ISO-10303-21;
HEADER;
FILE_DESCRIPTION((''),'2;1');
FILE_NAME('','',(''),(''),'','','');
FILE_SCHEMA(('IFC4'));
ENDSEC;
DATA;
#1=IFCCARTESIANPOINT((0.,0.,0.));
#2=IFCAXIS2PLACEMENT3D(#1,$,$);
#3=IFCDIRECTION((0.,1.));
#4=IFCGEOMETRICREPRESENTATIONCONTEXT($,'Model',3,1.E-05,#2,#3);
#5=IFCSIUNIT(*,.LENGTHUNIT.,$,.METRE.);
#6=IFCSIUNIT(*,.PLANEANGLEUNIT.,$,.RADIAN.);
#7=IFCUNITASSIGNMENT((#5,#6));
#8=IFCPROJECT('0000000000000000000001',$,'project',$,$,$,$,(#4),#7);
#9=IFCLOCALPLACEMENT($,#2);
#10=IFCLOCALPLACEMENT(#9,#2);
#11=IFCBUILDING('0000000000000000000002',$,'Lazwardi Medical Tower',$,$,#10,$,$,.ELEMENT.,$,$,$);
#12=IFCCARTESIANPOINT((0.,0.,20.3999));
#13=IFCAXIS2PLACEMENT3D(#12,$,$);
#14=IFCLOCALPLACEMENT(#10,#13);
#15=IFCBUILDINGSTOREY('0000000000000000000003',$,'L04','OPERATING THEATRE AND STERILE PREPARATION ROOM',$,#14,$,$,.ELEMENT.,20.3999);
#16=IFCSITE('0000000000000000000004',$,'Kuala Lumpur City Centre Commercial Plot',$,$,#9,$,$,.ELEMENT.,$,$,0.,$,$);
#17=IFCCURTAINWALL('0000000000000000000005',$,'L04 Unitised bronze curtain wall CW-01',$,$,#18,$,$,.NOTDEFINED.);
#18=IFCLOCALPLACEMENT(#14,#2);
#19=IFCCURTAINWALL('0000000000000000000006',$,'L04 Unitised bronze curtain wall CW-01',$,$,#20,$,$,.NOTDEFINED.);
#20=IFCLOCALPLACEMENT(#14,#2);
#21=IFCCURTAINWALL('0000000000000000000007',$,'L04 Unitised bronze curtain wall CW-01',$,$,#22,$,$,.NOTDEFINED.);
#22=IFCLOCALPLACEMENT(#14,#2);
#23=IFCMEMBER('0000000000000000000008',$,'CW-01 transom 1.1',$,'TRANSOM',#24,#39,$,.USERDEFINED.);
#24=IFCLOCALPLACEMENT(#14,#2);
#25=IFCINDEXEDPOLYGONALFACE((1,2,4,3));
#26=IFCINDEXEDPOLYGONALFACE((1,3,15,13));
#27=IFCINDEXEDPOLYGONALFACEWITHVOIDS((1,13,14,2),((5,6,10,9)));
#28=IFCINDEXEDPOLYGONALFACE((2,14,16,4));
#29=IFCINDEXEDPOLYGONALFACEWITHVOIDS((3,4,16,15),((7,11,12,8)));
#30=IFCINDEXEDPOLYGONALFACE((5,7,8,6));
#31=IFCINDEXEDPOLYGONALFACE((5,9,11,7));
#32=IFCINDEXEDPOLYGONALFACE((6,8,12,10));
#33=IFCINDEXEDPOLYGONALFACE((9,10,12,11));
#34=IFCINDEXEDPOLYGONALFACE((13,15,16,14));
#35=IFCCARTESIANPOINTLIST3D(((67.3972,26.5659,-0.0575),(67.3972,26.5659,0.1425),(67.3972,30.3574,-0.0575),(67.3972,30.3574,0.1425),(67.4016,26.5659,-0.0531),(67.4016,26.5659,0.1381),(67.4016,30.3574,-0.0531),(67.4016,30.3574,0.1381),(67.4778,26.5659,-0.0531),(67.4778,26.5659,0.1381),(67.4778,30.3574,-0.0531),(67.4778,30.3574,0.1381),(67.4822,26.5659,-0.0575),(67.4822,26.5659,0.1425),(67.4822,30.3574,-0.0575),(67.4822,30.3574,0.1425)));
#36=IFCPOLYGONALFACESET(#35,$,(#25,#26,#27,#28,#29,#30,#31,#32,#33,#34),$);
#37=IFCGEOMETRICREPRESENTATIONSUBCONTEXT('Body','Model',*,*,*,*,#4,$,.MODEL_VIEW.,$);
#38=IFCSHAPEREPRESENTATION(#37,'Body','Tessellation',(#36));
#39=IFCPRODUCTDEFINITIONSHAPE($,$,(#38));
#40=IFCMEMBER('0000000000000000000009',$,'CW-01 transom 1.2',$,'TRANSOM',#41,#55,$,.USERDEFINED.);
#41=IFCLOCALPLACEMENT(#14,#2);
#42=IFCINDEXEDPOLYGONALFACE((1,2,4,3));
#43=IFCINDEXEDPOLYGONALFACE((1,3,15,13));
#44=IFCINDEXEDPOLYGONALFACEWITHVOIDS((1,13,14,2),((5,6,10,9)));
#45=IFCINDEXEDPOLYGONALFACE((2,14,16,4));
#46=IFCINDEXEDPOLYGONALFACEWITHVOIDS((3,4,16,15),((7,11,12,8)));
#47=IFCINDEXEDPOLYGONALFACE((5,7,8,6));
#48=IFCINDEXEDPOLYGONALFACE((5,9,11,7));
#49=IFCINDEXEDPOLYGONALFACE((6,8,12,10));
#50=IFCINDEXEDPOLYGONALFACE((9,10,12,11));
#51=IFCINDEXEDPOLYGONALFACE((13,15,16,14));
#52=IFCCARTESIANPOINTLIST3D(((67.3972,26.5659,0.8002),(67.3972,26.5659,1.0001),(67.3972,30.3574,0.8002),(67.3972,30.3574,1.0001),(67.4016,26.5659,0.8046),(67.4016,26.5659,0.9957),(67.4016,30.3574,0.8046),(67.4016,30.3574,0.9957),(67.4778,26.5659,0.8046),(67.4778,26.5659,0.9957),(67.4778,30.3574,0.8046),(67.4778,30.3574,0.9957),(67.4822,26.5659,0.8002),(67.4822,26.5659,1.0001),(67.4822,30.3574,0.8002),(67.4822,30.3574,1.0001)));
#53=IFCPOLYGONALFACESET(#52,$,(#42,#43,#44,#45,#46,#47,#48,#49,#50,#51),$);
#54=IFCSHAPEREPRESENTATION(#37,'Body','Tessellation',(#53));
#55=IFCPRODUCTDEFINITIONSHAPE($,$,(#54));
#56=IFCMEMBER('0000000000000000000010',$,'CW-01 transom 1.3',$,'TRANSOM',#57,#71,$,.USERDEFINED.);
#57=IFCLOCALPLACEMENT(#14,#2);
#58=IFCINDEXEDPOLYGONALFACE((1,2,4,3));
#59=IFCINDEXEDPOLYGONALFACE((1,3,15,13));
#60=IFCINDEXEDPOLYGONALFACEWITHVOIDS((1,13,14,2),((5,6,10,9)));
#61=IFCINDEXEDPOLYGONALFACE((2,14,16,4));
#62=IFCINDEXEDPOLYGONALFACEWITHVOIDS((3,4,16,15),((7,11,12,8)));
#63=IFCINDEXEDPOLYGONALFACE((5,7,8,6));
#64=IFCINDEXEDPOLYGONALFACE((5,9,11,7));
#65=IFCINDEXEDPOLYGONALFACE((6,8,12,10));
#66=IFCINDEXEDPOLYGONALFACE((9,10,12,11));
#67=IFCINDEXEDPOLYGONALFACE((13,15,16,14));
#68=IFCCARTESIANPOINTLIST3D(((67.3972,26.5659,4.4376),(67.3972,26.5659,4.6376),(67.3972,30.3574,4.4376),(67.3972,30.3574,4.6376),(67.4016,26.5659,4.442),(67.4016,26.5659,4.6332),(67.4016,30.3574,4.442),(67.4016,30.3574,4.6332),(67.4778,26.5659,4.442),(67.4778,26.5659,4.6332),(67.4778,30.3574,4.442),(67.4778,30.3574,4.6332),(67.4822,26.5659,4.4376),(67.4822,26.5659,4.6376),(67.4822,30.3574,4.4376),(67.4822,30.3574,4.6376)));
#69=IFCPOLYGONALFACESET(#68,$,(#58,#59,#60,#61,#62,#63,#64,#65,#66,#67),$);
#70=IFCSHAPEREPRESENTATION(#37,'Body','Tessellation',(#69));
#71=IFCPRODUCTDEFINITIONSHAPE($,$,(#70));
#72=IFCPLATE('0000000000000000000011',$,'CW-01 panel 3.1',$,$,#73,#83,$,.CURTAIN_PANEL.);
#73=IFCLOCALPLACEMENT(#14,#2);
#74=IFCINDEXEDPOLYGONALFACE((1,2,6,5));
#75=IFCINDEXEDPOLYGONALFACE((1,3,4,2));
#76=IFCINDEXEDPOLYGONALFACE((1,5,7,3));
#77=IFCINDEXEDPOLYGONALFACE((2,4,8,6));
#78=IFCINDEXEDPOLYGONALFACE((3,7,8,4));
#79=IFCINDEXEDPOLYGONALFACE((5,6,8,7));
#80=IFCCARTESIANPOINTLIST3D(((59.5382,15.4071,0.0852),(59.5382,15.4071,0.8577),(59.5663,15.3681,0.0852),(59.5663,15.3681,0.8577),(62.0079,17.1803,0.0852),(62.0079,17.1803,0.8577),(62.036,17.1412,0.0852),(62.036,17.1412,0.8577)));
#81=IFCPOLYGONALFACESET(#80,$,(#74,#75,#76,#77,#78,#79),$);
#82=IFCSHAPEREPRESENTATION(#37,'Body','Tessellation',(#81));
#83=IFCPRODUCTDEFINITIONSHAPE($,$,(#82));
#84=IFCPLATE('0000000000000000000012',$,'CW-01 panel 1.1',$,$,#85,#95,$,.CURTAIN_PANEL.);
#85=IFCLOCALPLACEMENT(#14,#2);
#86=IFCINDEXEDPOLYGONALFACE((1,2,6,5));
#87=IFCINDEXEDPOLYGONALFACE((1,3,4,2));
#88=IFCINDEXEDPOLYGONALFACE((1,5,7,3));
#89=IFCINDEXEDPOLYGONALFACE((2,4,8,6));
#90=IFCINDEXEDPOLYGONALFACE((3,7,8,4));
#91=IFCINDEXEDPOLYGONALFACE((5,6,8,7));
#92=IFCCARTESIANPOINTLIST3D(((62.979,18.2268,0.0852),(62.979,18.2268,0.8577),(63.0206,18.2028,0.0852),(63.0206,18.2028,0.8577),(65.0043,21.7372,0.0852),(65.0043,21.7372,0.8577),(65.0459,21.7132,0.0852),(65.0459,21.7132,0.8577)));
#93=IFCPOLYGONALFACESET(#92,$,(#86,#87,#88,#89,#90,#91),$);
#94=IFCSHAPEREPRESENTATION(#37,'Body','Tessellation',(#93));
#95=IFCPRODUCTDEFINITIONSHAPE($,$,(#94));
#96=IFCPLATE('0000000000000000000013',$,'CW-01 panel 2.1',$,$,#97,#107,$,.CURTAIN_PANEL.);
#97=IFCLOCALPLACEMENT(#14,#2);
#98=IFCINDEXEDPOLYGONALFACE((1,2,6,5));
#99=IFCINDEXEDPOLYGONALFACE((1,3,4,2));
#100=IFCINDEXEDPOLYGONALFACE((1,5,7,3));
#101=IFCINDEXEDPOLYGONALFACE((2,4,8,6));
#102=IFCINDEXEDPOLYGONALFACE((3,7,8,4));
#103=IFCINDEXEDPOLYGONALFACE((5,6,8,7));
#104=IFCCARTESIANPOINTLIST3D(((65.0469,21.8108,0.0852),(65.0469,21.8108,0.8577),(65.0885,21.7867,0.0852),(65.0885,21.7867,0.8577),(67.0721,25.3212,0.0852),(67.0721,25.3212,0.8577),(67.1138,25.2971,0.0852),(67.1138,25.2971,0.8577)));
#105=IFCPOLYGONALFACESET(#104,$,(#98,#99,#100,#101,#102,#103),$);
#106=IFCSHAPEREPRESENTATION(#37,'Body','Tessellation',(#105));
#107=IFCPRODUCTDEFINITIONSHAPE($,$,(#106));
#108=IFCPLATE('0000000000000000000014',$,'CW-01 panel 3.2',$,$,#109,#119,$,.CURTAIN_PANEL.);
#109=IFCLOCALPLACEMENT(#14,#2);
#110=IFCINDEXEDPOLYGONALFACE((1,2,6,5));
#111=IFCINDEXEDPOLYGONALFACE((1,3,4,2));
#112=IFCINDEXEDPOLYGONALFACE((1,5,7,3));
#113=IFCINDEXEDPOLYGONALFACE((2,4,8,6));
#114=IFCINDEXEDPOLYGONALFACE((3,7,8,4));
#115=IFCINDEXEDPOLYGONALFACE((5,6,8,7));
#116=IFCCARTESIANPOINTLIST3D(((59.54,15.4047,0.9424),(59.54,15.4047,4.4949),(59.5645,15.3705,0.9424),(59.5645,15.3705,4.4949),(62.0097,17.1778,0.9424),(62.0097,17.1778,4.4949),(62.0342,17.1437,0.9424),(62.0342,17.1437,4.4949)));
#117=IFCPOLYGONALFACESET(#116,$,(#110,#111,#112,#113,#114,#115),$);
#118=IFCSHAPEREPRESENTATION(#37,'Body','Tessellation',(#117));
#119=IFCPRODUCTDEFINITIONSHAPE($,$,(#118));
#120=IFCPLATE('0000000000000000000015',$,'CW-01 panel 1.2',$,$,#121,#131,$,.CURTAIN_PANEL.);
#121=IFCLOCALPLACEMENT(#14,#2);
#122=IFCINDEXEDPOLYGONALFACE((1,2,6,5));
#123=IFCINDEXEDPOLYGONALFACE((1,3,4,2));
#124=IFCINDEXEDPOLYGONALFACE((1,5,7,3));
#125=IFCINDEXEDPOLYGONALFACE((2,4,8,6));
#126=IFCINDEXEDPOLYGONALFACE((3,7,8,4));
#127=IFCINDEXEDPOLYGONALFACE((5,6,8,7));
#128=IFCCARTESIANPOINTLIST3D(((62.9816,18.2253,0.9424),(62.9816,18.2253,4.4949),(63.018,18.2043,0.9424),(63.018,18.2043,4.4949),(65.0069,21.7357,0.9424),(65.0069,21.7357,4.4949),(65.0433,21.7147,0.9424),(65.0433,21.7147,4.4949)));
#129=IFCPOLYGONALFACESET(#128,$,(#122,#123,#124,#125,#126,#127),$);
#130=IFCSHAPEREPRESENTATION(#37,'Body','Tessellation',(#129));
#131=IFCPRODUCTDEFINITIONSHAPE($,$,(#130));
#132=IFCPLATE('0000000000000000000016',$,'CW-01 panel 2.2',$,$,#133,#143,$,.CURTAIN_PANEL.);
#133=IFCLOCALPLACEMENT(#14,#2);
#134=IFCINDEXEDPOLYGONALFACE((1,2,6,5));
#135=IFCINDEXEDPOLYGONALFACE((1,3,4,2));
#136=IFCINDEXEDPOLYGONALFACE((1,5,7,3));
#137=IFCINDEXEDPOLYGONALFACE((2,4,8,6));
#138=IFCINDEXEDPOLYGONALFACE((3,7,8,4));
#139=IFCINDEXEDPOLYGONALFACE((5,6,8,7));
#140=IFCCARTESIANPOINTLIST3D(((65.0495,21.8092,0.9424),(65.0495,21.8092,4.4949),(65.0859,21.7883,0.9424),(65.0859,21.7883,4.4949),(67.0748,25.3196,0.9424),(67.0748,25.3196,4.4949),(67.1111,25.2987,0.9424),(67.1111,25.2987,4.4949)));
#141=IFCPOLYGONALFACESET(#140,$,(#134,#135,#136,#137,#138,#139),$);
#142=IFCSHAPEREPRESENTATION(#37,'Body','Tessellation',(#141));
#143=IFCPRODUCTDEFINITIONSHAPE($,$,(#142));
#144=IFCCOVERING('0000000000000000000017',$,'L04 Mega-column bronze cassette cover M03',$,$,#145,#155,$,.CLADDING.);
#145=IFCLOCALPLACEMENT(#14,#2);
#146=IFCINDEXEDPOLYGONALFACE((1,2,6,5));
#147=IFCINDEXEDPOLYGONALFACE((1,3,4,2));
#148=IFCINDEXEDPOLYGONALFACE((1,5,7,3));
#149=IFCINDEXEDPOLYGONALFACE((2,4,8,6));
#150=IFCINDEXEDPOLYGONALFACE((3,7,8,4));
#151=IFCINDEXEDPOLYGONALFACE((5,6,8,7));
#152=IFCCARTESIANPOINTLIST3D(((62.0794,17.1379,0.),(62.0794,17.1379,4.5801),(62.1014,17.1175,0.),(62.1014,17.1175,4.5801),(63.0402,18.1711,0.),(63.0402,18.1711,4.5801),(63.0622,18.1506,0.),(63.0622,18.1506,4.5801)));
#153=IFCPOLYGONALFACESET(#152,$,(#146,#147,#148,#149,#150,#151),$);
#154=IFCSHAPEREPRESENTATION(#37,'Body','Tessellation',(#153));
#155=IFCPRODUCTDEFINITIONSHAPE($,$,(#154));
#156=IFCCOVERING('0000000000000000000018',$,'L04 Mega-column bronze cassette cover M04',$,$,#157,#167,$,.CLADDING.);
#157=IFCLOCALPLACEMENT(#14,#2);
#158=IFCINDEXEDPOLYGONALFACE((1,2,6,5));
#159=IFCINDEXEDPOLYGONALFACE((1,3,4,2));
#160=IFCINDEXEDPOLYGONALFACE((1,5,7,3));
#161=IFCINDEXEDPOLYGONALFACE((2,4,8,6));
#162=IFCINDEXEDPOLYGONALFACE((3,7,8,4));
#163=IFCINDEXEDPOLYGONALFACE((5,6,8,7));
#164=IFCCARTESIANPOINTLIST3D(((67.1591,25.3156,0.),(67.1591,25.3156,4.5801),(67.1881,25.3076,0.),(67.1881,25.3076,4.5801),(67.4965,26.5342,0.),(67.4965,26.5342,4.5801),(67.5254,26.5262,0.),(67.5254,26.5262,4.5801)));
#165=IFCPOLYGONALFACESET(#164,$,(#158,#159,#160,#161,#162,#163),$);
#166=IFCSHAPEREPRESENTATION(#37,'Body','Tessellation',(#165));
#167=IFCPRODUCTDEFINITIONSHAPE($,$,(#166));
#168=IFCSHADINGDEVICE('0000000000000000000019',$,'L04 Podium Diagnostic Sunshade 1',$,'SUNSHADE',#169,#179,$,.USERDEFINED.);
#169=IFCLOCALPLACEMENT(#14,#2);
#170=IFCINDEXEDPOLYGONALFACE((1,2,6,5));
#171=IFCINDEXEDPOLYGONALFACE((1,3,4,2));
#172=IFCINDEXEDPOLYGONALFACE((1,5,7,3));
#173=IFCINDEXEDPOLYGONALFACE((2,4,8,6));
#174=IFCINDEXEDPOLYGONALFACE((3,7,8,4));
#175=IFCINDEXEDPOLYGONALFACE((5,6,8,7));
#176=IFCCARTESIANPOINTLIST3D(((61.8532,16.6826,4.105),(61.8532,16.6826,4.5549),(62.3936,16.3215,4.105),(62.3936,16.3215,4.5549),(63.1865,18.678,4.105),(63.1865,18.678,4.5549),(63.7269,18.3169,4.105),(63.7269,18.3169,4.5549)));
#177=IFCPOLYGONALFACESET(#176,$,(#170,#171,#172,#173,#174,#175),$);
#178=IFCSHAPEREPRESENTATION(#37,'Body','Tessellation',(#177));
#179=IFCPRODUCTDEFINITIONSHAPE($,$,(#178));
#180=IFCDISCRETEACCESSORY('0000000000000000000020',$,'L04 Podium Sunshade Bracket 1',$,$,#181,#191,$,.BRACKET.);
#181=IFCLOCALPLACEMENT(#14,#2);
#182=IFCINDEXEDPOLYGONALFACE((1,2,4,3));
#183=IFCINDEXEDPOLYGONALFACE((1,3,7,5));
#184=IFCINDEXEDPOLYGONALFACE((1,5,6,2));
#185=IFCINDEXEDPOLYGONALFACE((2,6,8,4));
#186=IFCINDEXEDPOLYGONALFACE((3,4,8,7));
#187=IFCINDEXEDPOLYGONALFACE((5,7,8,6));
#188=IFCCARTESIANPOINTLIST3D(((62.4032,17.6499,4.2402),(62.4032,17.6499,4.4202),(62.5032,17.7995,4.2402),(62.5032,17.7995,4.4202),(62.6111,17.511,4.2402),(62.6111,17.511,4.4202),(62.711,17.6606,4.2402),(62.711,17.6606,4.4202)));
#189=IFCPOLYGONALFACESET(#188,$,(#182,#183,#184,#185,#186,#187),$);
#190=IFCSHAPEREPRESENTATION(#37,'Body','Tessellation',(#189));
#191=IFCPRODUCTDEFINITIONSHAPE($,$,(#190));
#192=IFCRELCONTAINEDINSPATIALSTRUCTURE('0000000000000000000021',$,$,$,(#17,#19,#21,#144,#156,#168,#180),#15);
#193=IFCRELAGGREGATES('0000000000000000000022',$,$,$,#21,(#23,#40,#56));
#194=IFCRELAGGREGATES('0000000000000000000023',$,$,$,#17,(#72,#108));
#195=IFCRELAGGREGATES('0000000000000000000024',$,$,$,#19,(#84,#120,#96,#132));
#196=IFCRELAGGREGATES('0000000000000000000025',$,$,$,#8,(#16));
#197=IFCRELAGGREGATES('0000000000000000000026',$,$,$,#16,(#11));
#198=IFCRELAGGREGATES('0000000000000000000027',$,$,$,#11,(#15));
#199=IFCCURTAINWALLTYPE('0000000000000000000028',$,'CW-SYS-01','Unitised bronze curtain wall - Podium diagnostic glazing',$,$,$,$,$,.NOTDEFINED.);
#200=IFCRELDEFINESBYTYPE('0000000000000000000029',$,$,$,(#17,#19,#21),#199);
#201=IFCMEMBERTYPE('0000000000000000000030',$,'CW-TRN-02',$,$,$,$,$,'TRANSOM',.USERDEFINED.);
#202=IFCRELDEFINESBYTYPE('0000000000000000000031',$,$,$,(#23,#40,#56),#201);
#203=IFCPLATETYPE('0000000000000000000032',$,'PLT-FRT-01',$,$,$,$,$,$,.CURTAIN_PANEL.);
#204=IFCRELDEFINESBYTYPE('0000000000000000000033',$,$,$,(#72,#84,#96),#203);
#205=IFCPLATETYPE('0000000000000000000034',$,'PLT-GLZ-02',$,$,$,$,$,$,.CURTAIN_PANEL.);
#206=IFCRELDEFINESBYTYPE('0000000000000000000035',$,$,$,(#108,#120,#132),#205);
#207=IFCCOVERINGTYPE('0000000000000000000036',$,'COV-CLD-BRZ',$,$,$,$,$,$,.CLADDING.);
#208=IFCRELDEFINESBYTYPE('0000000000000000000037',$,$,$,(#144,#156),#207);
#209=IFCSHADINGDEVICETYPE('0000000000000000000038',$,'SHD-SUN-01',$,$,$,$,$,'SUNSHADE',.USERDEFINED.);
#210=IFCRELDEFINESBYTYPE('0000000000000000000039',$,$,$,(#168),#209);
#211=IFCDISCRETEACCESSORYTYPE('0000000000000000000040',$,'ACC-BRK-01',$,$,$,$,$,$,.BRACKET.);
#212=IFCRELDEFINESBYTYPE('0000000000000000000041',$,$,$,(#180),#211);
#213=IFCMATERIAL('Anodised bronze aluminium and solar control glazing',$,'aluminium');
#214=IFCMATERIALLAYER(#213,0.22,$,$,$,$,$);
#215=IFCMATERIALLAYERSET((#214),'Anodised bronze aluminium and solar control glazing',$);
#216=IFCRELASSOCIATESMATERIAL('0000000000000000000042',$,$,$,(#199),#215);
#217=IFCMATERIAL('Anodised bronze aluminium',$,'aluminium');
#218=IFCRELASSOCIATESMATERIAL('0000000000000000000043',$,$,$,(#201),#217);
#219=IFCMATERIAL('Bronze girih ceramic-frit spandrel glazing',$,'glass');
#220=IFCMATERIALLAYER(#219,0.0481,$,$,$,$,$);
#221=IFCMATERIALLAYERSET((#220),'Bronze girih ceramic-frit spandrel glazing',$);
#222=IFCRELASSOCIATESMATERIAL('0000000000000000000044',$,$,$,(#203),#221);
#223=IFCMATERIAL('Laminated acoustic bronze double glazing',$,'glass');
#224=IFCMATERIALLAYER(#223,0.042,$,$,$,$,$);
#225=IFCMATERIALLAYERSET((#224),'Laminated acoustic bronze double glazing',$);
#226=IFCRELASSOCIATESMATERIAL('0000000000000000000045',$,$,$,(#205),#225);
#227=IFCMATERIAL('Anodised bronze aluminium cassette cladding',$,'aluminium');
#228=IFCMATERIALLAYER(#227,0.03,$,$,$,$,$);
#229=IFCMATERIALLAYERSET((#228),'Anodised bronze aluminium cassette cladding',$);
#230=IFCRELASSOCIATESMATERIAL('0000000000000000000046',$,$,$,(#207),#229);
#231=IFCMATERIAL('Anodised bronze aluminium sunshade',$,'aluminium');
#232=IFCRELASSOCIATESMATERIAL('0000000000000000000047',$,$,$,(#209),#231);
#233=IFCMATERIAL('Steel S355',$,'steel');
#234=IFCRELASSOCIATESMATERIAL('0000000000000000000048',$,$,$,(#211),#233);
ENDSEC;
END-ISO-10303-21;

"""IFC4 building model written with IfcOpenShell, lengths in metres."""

from ifc_helpers import new_model, si_unit, direction, frame, origin, origin_2d, place, context, subcontext, project, spatial, rectangle, hollow_rectangle, extrude, material, layer, layer_set, material_profile, profile_set, type_object, element, aggregate, save


model = new_model("IFC4")

# Units and contexts
model_context = context("Model", 3, precision=1e-05, world=origin(), true_north=direction((0.0, 1.0)))
body_context = subcontext(model_context, "Body", "Model", "MODEL_VIEW")
ifc_project = project(units=[si_unit("LENGTHUNIT", "METRE"), si_unit("PLANEANGLEUNIT", "RADIAN")], contexts=[model_context])

# Site, building, storey
site_placement = place(None, origin())
site = spatial("IfcSite", under=ifc_project, at=site_placement, Name="Kuala Lumpur City Centre Commercial Plot", CompositionType="ELEMENT", RefElevation=0.0)
building_placement = place(site_placement, origin())
building = spatial("IfcBuilding", under=site, at=building_placement, Name="Lazwardi Medical Tower", CompositionType="ELEMENT")
storey_placement = place(building_placement, frame((0.0, 0.0, 20.3999)))
storey = spatial("IfcBuildingStorey", under=building, at=storey_placement, Name="L04", Description="OPERATING THEATRE AND STERILE PREPARATION ROOM", CompositionType="ELEMENT", Elevation=20.3999)

# Shared definitions
ifc_material_1 = material(Name="Steel S355", Category="steel")

# Curtain walls
ifc_material_2 = material(Name="Anodised bronze aluminium and solar control glazing", Category="aluminium")
ifc_layer_1 = layer(ifc_material_2, 0.22)
ifc_layer_set_1 = layer_set([ifc_layer_1], Name="Anodised bronze aluminium and solar control glazing")
curtain_wall_type = type_object("IfcCurtainWallType", Name="CW-SYS-01", Description="Unitised bronze curtain wall - Podium diagnostic glazing", PredefinedType="NOTDEFINED", material=ifc_layer_set_1)
curtain_wall_1_placement = place(storey_placement, origin())
curtain_wall_1 = element("IfcCurtainWall", 1, at=curtain_wall_1_placement, inside=storey, type_object=curtain_wall_type, Name="L04 Unitised bronze curtain wall CW-01", PredefinedType="NOTDEFINED")
ifc_material_3 = material(Name="Anodised bronze aluminium", Category="aluminium")
curtain_wall_2_placement = place(storey_placement, origin())
curtain_wall_2 = element("IfcCurtainWall", 2, at=curtain_wall_2_placement, inside=storey, type_object=curtain_wall_type, Name="L04 Unitised bronze curtain wall CW-01", PredefinedType="NOTDEFINED")

# Curtain wall
curtain_wall_3_placement = place(storey_placement, origin())
curtain_wall_3 = element("IfcCurtainWall", 3, at=curtain_wall_3_placement, inside=storey, type_object=curtain_wall_type, Name="L04 Unitised bronze curtain wall CW-01", PredefinedType="NOTDEFINED")

# Members
ifc_material_profile_1 = material_profile(ifc_material_3, hollow_rectangle(XDim=0.085, YDim=0.2, WallThickness=0.0044, at=origin_2d()), Name="ALU-TRANSOM 200x85x4.5")
ifc_profile_set_1 = profile_set([ifc_material_profile_1], Name="Anodised bronze aluminium")
member_type_1 = type_object("IfcMemberType", Name="CW-TRN-02", ElementType="TRANSOM", PredefinedType="USERDEFINED", material=ifc_profile_set_1)
member_1_placement = place(storey_placement, frame((67.4397, 26.5659, 0.0425), z_axis=(0.0, 1.0, 0.0), x_axis=(-1.0, 0.0, 0.0)))
member_1 = element("IfcMember", 4, at=member_1_placement, type_object=member_type_1, Name="CW-01 transom 1.1", ObjectType="TRANSOM", PredefinedType="USERDEFINED", context=body_context, shape_type="SweptSolid", body=[
    extrude(hollow_rectangle(XDim=0.085, YDim=0.2, WallThickness=0.0044, at=origin_2d()), origin(), (0.0, 0.0, 1.0), 3.7915),
])
member_2_placement = place(storey_placement, frame((67.4397, 26.5659, 0.9001), z_axis=(0.0, 1.0, 0.0), x_axis=(-1.0, 0.0, 0.0)))
member_2 = element("IfcMember", 5, at=member_2_placement, type_object=member_type_1, Name="CW-01 transom 1.2", ObjectType="TRANSOM", PredefinedType="USERDEFINED", context=body_context, shape_type="SweptSolid", body=[
    extrude(hollow_rectangle(XDim=0.085, YDim=0.2, WallThickness=0.0044, at=origin_2d()), origin(), (0.0, 0.0, 1.0), 3.7915),
])
member_3_placement = place(storey_placement, frame((67.4397, 26.5659, 4.5376), z_axis=(0.0, 1.0, 0.0), x_axis=(-1.0, 0.0, 0.0)))
member_3 = element("IfcMember", 6, at=member_3_placement, type_object=member_type_1, Name="CW-01 transom 1.3", ObjectType="TRANSOM", PredefinedType="USERDEFINED", context=body_context, shape_type="SweptSolid", body=[
    extrude(hollow_rectangle(XDim=0.085, YDim=0.2, WallThickness=0.0044, at=origin_2d()), origin(), (0.0, 0.0, 1.0), 3.7915),
])
aggregate(curtain_wall_3, [member_1, member_2, member_3])

# Plates
ifc_material_4 = material(Name="Bronze girih ceramic-frit spandrel glazing", Category="glass")
ifc_layer_2 = layer(ifc_material_4, 0.0481)
ifc_layer_set_2 = layer_set([ifc_layer_2], Name="Bronze girih ceramic-frit spandrel glazing")
plate_type_1 = type_object("IfcPlateType", Name="PLT-FRT-01", PredefinedType="CURTAIN_PANEL", material=ifc_layer_set_2)
plate_1_placement = place(storey_placement, frame((60.7871, 16.2742, 0.0852), z_axis=(0.0, 0.0, 1.0), x_axis=(0.812318, 0.583214, 0.0)))
plate_1 = element("IfcPlate", 7, at=plate_1_placement, type_object=plate_type_1, Name="CW-01 panel 3.1", PredefinedType="CURTAIN_PANEL", context=body_context, shape_type="SweptSolid", body=[
    extrude(rectangle(XDim=3.0403, YDim=0.0481, at=origin_2d()), origin(), (0.0, 0.0, 1.0), 0.7725),
])
plate_2_placement = place(storey_placement, frame((64.0125, 19.97, 0.0852), z_axis=(0.0, 0.0, 1.0), x_axis=(0.499731, 0.866181, 0.0)))
plate_2 = element("IfcPlate", 8, at=plate_2_placement, type_object=plate_type_1, Name="CW-01 panel 1.1", PredefinedType="CURTAIN_PANEL", context=body_context, shape_type="SweptSolid", body=[
    extrude(rectangle(XDim=4.0527, YDim=0.0481, at=origin_2d()), origin(), (0.0, 0.0, 1.0), 0.7725),
])
plate_3_placement = place(storey_placement, frame((66.0803, 23.554, 0.0852), z_axis=(0.0, 0.0, 1.0), x_axis=(0.499731, 0.866181, 0.0)))
plate_3 = element("IfcPlate", 9, at=plate_3_placement, type_object=plate_type_1, Name="CW-01 panel 2.1", PredefinedType="CURTAIN_PANEL", context=body_context, shape_type="SweptSolid", body=[
    extrude(rectangle(XDim=4.0527, YDim=0.0481, at=origin_2d()), origin(), (0.0, 0.0, 1.0), 0.7725),
])
ifc_material_5 = material(Name="Laminated acoustic bronze double glazing", Category="glass")
ifc_layer_3 = layer(ifc_material_5, 0.042)
ifc_layer_set_3 = layer_set([ifc_layer_3], Name="Laminated acoustic bronze double glazing")
plate_type_2 = type_object("IfcPlateType", Name="PLT-GLZ-02", PredefinedType="CURTAIN_PANEL", material=ifc_layer_set_3)
plate_4_placement = place(storey_placement, frame((60.7871, 16.2742, 0.9424), z_axis=(0.0, 0.0, 1.0), x_axis=(0.812318, 0.583214, 0.0)))
plate_4 = element("IfcPlate", 10, at=plate_4_placement, type_object=plate_type_2, Name="CW-01 panel 3.2", PredefinedType="CURTAIN_PANEL", context=body_context, shape_type="SweptSolid", body=[
    extrude(rectangle(XDim=3.0403, YDim=0.042, at=origin_2d()), origin(), (0.0, 0.0, 1.0), 3.5525),
])
aggregate(curtain_wall_1, [plate_1, plate_4])
plate_5_placement = place(storey_placement, frame((64.0125, 19.97, 0.9424), z_axis=(0.0, 0.0, 1.0), x_axis=(0.499731, 0.866181, 0.0)))
plate_5 = element("IfcPlate", 11, at=plate_5_placement, type_object=plate_type_2, Name="CW-01 panel 1.2", PredefinedType="CURTAIN_PANEL", context=body_context, shape_type="SweptSolid", body=[
    extrude(rectangle(XDim=4.0527, YDim=0.042, at=origin_2d()), origin(), (0.0, 0.0, 1.0), 3.5525),
])
plate_6_placement = place(storey_placement, frame((66.0803, 23.554, 0.9424), z_axis=(0.0, 0.0, 1.0), x_axis=(0.499731, 0.866181, 0.0)))
plate_6 = element("IfcPlate", 12, at=plate_6_placement, type_object=plate_type_2, Name="CW-01 panel 2.2", PredefinedType="CURTAIN_PANEL", context=body_context, shape_type="SweptSolid", body=[
    extrude(rectangle(XDim=4.0527, YDim=0.042, at=origin_2d()), origin(), (0.0, 0.0, 1.0), 3.5525),
])
aggregate(curtain_wall_2, [plate_2, plate_5, plate_3, plate_6])

# Coverings
ifc_material_6 = material(Name="Anodised bronze aluminium cassette cladding", Category="aluminium")
ifc_layer_4 = layer(ifc_material_6, 0.03)
ifc_layer_set_4 = layer_set([ifc_layer_4], Name="Anodised bronze aluminium cassette cladding")
covering_type = type_object("IfcCoveringType", Name="COV-CLD-BRZ", PredefinedType="CLADDING", material=ifc_layer_set_4)
covering_1_placement = place(storey_placement, frame((62.5708, 17.6443, 0.0), z_axis=(0.0, 0.0, 1.0), x_axis=(0.681019, 0.732266, 0.0)))
element("IfcCovering", 13, at=covering_1_placement, inside=storey, type_object=covering_type, Name="L04 Mega-column bronze cassette cover M03", PredefinedType="CLADDING", context=body_context, shape_type="SweptSolid", body=[
    extrude(rectangle(XDim=1.4109, YDim=0.03, at=origin_2d()), origin(), (0.0, 0.0, 1.0), 4.5801),
])
covering_2_placement = place(storey_placement, frame((67.3423, 25.9209, 0.0), z_axis=(0.0, 0.0, 1.0), x_axis=(0.266836, 0.963742, 0.0)))
element("IfcCovering", 14, at=covering_2_placement, inside=storey, type_object=covering_type, Name="L04 Mega-column bronze cassette cover M04", PredefinedType="CLADDING", context=body_context, shape_type="SweptSolid", body=[
    extrude(rectangle(XDim=1.2644, YDim=0.03, at=origin_2d()), origin(), (0.0, 0.0, 1.0), 4.5801),
])

# Shading device
ifc_material_7 = material(Name="Anodised bronze aluminium sunshade", Category="aluminium")
shading_device_type = type_object("IfcShadingDeviceType", Name="SHD-SUN-01", ElementType="SUNSHADE", PredefinedType="USERDEFINED", material=ifc_material_7)
shading_device_placement = place(storey_placement, frame((62.79, 17.4998, 4.105), z_axis=(0.0, 0.0, 1.0), x_axis=(0.55557, 0.83147, 0.0)))
element("IfcShadingDevice", 15, at=shading_device_placement, inside=storey, type_object=shading_device_type, Name="L04 Podium Diagnostic Sunshade 1", ObjectType="SUNSHADE", PredefinedType="USERDEFINED", context=body_context, shape_type="SweptSolid", body=[
    extrude(rectangle(XDim=2.3999, YDim=0.6499, at=origin_2d()), origin(), (0.0, 0.0, 1.0), 0.45),
])

# Discrete accessory
discrete_accessory_type = type_object("IfcDiscreteAccessoryType", Name="ACC-BRK-01", PredefinedType="BRACKET", material=ifc_material_1)
discrete_accessory_placement = place(storey_placement, frame((62.5571, 17.6553, 4.2402), z_axis=(0.0, 0.0, 1.0), x_axis=(0.55557, 0.83147, 0.0)))
element("IfcDiscreteAccessory", 16, at=discrete_accessory_placement, inside=storey, type_object=discrete_accessory_type, Name="L04 Podium Sunshade Bracket 1", PredefinedType="BRACKET", context=body_context, shape_type="SweptSolid", body=[
    extrude(rectangle(XDim=0.1799, YDim=0.25, at=origin_2d()), origin(), (0.0, 0.0, 1.0), 0.1799),
])

save(model, "model.ifc")
